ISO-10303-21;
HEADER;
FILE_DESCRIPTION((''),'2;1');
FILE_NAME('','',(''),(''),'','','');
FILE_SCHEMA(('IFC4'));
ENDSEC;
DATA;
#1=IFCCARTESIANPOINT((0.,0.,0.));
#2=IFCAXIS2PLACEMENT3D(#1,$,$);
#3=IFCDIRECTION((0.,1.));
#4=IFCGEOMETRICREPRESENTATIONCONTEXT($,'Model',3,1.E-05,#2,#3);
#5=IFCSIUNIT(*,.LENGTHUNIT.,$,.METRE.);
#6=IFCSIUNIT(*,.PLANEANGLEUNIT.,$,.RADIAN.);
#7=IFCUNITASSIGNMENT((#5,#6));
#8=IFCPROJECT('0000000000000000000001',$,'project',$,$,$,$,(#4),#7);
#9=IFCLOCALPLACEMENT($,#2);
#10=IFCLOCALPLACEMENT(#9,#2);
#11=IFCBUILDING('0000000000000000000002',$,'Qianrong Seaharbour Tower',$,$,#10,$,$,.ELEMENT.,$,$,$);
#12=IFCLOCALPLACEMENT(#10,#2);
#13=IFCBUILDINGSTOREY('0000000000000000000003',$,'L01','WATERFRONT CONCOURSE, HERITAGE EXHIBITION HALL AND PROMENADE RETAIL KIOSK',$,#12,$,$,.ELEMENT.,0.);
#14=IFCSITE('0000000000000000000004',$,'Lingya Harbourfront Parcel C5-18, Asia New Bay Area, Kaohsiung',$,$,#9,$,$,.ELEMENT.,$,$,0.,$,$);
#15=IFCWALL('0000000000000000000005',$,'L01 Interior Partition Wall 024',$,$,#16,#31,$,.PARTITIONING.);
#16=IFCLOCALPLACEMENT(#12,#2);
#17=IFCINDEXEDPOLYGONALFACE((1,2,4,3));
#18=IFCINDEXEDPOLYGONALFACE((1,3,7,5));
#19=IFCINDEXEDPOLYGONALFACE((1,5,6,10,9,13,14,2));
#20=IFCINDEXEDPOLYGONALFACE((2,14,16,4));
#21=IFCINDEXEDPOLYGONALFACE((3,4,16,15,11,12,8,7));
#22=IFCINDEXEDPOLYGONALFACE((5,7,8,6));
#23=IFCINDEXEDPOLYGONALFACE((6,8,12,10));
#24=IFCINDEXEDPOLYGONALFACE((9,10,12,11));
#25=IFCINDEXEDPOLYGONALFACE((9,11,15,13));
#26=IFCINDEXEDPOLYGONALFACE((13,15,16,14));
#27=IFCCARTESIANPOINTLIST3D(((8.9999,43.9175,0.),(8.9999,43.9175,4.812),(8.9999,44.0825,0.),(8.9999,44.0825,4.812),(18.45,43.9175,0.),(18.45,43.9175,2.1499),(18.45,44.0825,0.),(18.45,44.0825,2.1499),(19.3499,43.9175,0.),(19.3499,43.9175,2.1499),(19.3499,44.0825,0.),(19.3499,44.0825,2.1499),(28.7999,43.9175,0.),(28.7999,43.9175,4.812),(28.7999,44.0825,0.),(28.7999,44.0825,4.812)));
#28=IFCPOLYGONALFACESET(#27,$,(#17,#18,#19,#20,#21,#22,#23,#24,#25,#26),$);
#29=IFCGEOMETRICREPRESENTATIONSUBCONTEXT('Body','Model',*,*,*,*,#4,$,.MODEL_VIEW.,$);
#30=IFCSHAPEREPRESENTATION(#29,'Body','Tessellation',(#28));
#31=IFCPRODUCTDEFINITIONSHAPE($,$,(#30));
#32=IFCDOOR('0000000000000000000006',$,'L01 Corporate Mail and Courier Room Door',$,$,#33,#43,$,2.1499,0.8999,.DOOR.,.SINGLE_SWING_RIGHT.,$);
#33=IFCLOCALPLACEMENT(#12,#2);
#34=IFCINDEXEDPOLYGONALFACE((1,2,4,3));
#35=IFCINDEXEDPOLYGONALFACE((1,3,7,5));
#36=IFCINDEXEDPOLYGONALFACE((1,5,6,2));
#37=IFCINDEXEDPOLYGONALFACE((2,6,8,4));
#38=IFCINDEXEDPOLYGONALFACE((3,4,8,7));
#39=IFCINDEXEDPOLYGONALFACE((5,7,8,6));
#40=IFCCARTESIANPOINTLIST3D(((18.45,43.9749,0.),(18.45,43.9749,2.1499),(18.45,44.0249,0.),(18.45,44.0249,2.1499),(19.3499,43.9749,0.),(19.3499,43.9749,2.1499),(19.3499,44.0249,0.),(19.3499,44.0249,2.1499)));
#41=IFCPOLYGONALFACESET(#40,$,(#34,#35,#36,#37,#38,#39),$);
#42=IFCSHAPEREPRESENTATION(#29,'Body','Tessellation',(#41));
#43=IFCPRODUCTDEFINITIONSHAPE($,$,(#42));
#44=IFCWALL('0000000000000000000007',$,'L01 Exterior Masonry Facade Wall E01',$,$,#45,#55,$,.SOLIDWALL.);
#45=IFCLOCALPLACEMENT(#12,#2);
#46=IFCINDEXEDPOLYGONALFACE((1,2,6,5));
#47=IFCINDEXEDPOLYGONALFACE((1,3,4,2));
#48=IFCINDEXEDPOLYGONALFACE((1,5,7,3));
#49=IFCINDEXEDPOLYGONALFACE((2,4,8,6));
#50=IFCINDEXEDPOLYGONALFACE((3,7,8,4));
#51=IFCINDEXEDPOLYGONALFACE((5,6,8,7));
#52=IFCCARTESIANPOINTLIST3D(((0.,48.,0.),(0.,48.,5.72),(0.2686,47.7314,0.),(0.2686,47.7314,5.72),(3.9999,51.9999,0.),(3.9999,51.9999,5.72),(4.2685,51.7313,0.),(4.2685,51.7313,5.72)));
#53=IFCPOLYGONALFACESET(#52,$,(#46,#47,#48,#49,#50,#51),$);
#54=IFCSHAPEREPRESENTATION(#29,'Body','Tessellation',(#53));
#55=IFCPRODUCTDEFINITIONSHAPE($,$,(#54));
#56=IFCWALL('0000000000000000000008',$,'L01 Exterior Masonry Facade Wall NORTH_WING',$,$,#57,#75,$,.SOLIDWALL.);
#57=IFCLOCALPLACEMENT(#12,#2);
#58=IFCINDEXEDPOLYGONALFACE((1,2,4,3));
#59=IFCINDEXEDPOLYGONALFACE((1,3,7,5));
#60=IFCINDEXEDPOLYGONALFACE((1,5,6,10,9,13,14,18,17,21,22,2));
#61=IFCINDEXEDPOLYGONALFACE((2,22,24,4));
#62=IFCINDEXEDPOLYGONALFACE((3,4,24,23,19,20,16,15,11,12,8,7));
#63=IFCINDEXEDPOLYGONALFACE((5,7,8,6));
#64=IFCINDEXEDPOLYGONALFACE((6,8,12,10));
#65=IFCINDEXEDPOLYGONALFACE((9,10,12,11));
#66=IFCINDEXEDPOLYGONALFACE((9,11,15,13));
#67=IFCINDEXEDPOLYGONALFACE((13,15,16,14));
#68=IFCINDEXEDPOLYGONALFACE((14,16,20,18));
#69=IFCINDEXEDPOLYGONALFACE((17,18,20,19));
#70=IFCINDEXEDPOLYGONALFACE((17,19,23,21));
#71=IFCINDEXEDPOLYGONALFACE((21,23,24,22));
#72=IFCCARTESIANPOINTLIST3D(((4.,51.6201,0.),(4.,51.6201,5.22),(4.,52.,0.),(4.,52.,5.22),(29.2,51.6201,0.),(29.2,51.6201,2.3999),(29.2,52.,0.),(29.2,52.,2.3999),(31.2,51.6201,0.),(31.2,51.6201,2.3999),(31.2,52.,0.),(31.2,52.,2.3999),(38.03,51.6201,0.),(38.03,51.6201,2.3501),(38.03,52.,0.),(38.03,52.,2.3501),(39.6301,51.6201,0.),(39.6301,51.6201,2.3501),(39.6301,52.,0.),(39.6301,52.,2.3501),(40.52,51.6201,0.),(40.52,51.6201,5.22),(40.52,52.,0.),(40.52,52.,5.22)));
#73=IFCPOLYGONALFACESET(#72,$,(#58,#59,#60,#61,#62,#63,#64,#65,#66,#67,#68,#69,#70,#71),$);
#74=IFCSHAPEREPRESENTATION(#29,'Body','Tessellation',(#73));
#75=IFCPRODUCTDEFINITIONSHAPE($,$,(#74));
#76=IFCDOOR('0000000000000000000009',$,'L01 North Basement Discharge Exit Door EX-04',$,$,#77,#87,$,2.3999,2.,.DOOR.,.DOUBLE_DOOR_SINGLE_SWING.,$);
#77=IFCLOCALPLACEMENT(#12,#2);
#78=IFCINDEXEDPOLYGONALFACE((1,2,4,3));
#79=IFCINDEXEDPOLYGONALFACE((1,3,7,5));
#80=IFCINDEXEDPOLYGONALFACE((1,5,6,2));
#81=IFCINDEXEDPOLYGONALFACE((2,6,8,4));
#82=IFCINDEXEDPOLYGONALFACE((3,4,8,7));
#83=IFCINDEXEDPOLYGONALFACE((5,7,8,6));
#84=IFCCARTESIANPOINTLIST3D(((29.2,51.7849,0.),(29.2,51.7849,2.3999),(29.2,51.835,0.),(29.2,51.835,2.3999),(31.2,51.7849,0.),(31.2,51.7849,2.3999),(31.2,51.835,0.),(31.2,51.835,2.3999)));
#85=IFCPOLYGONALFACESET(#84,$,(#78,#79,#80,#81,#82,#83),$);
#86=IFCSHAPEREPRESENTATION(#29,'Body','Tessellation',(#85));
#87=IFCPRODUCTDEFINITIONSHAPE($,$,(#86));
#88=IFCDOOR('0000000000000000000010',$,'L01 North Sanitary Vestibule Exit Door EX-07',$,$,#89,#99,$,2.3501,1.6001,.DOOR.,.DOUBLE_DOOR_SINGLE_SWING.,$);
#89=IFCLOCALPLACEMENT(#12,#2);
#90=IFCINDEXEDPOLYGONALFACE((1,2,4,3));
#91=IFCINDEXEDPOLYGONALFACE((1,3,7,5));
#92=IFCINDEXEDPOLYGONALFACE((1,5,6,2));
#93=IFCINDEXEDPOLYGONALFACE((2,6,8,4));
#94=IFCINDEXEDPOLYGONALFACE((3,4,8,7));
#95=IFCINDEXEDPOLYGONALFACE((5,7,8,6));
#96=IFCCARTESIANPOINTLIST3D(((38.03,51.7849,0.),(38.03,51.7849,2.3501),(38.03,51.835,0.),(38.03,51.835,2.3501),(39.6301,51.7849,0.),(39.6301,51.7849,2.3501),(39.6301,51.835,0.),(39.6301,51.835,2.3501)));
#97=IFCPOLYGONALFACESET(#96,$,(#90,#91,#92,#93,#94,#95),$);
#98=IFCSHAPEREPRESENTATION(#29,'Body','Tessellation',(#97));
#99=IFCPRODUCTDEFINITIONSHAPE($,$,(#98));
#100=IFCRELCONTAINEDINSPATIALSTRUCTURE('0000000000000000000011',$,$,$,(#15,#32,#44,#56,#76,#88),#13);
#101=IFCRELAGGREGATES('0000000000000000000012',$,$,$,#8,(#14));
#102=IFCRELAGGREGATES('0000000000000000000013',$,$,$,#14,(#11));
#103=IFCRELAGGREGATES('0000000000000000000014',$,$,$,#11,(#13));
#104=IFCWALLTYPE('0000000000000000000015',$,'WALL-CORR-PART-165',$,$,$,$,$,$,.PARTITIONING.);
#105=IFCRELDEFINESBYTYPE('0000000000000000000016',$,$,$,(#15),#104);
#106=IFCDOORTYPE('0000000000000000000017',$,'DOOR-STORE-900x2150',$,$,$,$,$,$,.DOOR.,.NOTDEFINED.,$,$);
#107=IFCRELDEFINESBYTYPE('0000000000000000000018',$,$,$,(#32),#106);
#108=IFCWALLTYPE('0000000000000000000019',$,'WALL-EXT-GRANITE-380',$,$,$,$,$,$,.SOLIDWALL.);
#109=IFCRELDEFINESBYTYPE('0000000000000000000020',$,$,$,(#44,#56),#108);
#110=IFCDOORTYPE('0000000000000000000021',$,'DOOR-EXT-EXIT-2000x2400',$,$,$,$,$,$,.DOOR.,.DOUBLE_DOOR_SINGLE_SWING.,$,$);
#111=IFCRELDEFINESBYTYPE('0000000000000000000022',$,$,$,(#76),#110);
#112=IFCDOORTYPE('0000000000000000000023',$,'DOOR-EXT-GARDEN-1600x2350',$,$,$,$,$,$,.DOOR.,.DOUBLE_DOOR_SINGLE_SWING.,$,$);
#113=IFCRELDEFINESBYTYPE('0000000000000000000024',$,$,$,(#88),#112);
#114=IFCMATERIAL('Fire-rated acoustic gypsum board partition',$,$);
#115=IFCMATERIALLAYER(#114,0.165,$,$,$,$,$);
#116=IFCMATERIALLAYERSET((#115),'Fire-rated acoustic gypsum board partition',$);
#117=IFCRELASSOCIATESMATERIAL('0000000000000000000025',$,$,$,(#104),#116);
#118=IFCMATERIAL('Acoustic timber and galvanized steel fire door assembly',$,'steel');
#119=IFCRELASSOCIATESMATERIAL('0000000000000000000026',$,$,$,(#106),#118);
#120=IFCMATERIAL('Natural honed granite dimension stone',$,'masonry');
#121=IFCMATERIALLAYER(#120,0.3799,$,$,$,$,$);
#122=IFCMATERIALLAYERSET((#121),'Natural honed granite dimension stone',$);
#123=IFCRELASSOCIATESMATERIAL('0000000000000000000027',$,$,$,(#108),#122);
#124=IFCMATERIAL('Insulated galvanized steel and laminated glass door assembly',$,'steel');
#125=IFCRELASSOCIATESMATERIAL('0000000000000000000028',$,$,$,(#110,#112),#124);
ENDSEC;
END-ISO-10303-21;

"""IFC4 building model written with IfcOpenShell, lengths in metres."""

from ifc_helpers import new_model, si_unit, direction, frame, frame_2d, origin, place, context, subcontext, project, spatial, rectangle, extrude, material, layer, layer_set, type_object, element, fill, save


model = new_model("IFC4")

# Units and contexts
model_context = context("Model", 3, precision=1e-05, world=origin(), true_north=direction((0.0, 1.0)))
body_context = subcontext(model_context, "Body", "Model", "MODEL_VIEW")
ifc_project = project(units=[si_unit("LENGTHUNIT", "METRE"), si_unit("PLANEANGLEUNIT", "RADIAN")], contexts=[model_context])

# Site, building, storey
site_placement = place(None, origin())
site = spatial("IfcSite", under=ifc_project, at=site_placement, Name="Lingya Harbourfront Parcel C5-18, Asia New Bay Area, Kaohsiung", CompositionType="ELEMENT", RefElevation=0.0)
building_placement = place(site_placement, origin())
building = spatial("IfcBuilding", under=site, at=building_placement, Name="Qianrong Seaharbour Tower", CompositionType="ELEMENT")
storey_placement = place(building_placement, origin())
storey = spatial("IfcBuildingStorey", under=building, at=storey_placement, Name="L01", Description="WATERFRONT CONCOURSE, HERITAGE EXHIBITION HALL AND PROMENADE RETAIL KIOSK", CompositionType="ELEMENT", Elevation=0.0)

# Wall, opening, door
ifc_material_1 = material(Name="Fire-rated acoustic gypsum board partition")
ifc_layer_1 = layer(ifc_material_1, 0.165)
ifc_layer_set_1 = layer_set([ifc_layer_1], Name="Fire-rated acoustic gypsum board partition")
wall_type_1 = type_object("IfcWallType", Name="WALL-CORR-PART-165", PredefinedType="PARTITIONING", material=ifc_layer_set_1)
wall_1_placement = place(storey_placement, frame((9.0, 44.0, 0.0), z_axis=(0.0, 0.0, 1.0), x_axis=(1.0, 0.0, 0.0)))
wall_1 = element("IfcWall", 1, at=wall_1_placement, inside=storey, type_object=wall_type_1, Name="L01 Interior Partition Wall 024", PredefinedType="PARTITIONING", context=body_context, shape_type="SweptSolid", body=[
    extrude(rectangle(XDim=19.8, YDim=0.165, at=frame_2d((9.8999, 0.0))), origin(), (0.0, 0.0, 1.0), 4.812),
])
opening_1_placement = place(wall_1_placement, frame((9.45, 0.0, 0.0)))
opening_1 = element("IfcOpeningElement", 2, at=opening_1_placement, cuts=wall_1, PredefinedType="OPENING", context=body_context, shape_type="SweptSolid", body=[
    extrude(rectangle(XDim=0.8999, YDim=2.1499, at=frame_2d((0.45, 1.075))), frame((0.0, 0.0925, 0.0), z_axis=(0.0, -1.0, 0.0), x_axis=(1.0, 0.0, 0.0)), (0.0, 0.0, 1.0), 0.1851),
])
ifc_material_2 = material(Name="Acoustic timber and galvanized steel fire door assembly", Category="steel")
door_type_1 = type_object("IfcDoorType", Name="DOOR-STORE-900x2150", OperationType="NOTDEFINED", PredefinedType="DOOR", material=ifc_material_2)
door_1_placement = place(opening_1_placement, origin())
door_1 = element("IfcDoor", 3, at=door_1_placement, inside=storey, type_object=door_type_1, Name="L01 Corporate Mail and Courier Room Door", OperationType="SINGLE_SWING_RIGHT", OverallHeight=2.1499, OverallWidth=0.8999, PredefinedType="DOOR", context=body_context, shape_type="SweptSolid", body=[
    extrude(rectangle(XDim=0.8999, YDim=2.1499, at=frame_2d((0.45, 1.075))), frame((0.0, 0.0249, 0.0), z_axis=(0.0, -1.0, 0.0), x_axis=(1.0, 0.0, 0.0)), (0.0, 0.0, 1.0), 0.05),
])
fill(opening_1, door_1)

# Wall
ifc_material_3 = material(Name="Natural honed granite dimension stone", Category="masonry")
ifc_layer_2 = layer(ifc_material_3, 0.3799)
ifc_layer_set_2 = layer_set([ifc_layer_2], Name="Natural honed granite dimension stone")
wall_type_2 = type_object("IfcWallType", Name="WALL-EXT-GRANITE-380", PredefinedType="SOLIDWALL", material=ifc_layer_set_2)
wall_2_placement = place(storey_placement, frame((0.1343, 47.8657, 0.0), z_axis=(0.0, 0.0, 1.0), x_axis=(0.707107, 0.707107, 0.0)))
element("IfcWall", 4, at=wall_2_placement, inside=storey, type_object=wall_type_2, Name="L01 Exterior Masonry Facade Wall E01", PredefinedType="SOLIDWALL", context=body_context, shape_type="SweptSolid", body=[
    extrude(rectangle(XDim=5.6567, YDim=0.3799, at=frame_2d((2.8284, 0.0))), origin(), (0.0, 0.0, 1.0), 5.72),
])

# Wall, openings, doors
wall_3_placement = place(storey_placement, frame((4.0, 51.8101, 0.0), z_axis=(0.0, 0.0, 1.0), x_axis=(1.0, 0.0, 0.0)))
wall_3 = element("IfcWall", 5, at=wall_3_placement, inside=storey, type_object=wall_type_2, Name="L01 Exterior Masonry Facade Wall NORTH_WING", PredefinedType="SOLIDWALL", context=body_context, shape_type="SweptSolid", body=[
    extrude(rectangle(XDim=36.52, YDim=0.3799, at=frame_2d((18.26, 0.0))), origin(), (0.0, 0.0, 1.0), 5.22),
])
opening_2_placement = place(wall_3_placement, frame((25.2, 0.0, 0.0)))
opening_2 = element("IfcOpeningElement", 6, at=opening_2_placement, cuts=wall_3, PredefinedType="OPENING", context=body_context, shape_type="SweptSolid", body=[
    extrude(rectangle(XDim=2.0, YDim=2.3999, at=frame_2d((1.0, 1.2))), frame((0.0, 0.2, 0.0), z_axis=(0.0, -1.0, 0.0), x_axis=(1.0, 0.0, 0.0)), (0.0, 0.0, 1.0), 0.3999),
])
opening_3_placement = place(wall_3_placement, frame((34.03, 0.0, 0.0)))
opening_3 = element("IfcOpeningElement", 7, at=opening_3_placement, cuts=wall_3, PredefinedType="OPENING", context=body_context, shape_type="SweptSolid", body=[
    extrude(rectangle(XDim=1.6001, YDim=2.3501, at=frame_2d((0.8, 1.175))), frame((0.0, 0.2, 0.0), z_axis=(0.0, -1.0, 0.0), x_axis=(1.0, 0.0, 0.0)), (0.0, 0.0, 1.0), 0.3999),
])
ifc_material_4 = material(Name="Insulated galvanized steel and laminated glass door assembly", Category="steel")
door_type_2 = type_object("IfcDoorType", Name="DOOR-EXT-EXIT-2000x2400", OperationType="DOUBLE_DOOR_SINGLE_SWING", PredefinedType="DOOR", material=ifc_material_4)
door_2_placement = place(opening_2_placement, origin())
door_2 = element("IfcDoor", 8, at=door_2_placement, inside=storey, type_object=door_type_2, Name="L01 North Basement Discharge Exit Door EX-04", OperationType="DOUBLE_DOOR_SINGLE_SWING", OverallHeight=2.3999, OverallWidth=2.0, PredefinedType="DOOR", context=body_context, shape_type="SweptSolid", body=[
    extrude(rectangle(XDim=2.0, YDim=2.3999, at=frame_2d((1.0, 1.2))), frame((0.0, 0.0249, 0.0), z_axis=(0.0, -1.0, 0.0), x_axis=(1.0, 0.0, 0.0)), (0.0, 0.0, 1.0), 0.05),
])
fill(opening_2, door_2)
door_type_3 = type_object("IfcDoorType", Name="DOOR-EXT-GARDEN-1600x2350", OperationType="DOUBLE_DOOR_SINGLE_SWING", PredefinedType="DOOR", material=ifc_material_4)
door_3_placement = place(opening_3_placement, origin())
door_3 = element("IfcDoor", 9, at=door_3_placement, inside=storey, type_object=door_type_3, Name="L01 North Sanitary Vestibule Exit Door EX-07", OperationType="DOUBLE_DOOR_SINGLE_SWING", OverallHeight=2.3501, OverallWidth=1.6001, PredefinedType="DOOR", context=body_context, shape_type="SweptSolid", body=[
    extrude(rectangle(XDim=1.6001, YDim=2.3501, at=frame_2d((0.8, 1.175))), frame((0.0, 0.0249, 0.0), z_axis=(0.0, -1.0, 0.0), x_axis=(1.0, 0.0, 0.0)), (0.0, 0.0, 1.0), 0.05),
])
fill(opening_3, door_3)

save(model, "model.ifc")
